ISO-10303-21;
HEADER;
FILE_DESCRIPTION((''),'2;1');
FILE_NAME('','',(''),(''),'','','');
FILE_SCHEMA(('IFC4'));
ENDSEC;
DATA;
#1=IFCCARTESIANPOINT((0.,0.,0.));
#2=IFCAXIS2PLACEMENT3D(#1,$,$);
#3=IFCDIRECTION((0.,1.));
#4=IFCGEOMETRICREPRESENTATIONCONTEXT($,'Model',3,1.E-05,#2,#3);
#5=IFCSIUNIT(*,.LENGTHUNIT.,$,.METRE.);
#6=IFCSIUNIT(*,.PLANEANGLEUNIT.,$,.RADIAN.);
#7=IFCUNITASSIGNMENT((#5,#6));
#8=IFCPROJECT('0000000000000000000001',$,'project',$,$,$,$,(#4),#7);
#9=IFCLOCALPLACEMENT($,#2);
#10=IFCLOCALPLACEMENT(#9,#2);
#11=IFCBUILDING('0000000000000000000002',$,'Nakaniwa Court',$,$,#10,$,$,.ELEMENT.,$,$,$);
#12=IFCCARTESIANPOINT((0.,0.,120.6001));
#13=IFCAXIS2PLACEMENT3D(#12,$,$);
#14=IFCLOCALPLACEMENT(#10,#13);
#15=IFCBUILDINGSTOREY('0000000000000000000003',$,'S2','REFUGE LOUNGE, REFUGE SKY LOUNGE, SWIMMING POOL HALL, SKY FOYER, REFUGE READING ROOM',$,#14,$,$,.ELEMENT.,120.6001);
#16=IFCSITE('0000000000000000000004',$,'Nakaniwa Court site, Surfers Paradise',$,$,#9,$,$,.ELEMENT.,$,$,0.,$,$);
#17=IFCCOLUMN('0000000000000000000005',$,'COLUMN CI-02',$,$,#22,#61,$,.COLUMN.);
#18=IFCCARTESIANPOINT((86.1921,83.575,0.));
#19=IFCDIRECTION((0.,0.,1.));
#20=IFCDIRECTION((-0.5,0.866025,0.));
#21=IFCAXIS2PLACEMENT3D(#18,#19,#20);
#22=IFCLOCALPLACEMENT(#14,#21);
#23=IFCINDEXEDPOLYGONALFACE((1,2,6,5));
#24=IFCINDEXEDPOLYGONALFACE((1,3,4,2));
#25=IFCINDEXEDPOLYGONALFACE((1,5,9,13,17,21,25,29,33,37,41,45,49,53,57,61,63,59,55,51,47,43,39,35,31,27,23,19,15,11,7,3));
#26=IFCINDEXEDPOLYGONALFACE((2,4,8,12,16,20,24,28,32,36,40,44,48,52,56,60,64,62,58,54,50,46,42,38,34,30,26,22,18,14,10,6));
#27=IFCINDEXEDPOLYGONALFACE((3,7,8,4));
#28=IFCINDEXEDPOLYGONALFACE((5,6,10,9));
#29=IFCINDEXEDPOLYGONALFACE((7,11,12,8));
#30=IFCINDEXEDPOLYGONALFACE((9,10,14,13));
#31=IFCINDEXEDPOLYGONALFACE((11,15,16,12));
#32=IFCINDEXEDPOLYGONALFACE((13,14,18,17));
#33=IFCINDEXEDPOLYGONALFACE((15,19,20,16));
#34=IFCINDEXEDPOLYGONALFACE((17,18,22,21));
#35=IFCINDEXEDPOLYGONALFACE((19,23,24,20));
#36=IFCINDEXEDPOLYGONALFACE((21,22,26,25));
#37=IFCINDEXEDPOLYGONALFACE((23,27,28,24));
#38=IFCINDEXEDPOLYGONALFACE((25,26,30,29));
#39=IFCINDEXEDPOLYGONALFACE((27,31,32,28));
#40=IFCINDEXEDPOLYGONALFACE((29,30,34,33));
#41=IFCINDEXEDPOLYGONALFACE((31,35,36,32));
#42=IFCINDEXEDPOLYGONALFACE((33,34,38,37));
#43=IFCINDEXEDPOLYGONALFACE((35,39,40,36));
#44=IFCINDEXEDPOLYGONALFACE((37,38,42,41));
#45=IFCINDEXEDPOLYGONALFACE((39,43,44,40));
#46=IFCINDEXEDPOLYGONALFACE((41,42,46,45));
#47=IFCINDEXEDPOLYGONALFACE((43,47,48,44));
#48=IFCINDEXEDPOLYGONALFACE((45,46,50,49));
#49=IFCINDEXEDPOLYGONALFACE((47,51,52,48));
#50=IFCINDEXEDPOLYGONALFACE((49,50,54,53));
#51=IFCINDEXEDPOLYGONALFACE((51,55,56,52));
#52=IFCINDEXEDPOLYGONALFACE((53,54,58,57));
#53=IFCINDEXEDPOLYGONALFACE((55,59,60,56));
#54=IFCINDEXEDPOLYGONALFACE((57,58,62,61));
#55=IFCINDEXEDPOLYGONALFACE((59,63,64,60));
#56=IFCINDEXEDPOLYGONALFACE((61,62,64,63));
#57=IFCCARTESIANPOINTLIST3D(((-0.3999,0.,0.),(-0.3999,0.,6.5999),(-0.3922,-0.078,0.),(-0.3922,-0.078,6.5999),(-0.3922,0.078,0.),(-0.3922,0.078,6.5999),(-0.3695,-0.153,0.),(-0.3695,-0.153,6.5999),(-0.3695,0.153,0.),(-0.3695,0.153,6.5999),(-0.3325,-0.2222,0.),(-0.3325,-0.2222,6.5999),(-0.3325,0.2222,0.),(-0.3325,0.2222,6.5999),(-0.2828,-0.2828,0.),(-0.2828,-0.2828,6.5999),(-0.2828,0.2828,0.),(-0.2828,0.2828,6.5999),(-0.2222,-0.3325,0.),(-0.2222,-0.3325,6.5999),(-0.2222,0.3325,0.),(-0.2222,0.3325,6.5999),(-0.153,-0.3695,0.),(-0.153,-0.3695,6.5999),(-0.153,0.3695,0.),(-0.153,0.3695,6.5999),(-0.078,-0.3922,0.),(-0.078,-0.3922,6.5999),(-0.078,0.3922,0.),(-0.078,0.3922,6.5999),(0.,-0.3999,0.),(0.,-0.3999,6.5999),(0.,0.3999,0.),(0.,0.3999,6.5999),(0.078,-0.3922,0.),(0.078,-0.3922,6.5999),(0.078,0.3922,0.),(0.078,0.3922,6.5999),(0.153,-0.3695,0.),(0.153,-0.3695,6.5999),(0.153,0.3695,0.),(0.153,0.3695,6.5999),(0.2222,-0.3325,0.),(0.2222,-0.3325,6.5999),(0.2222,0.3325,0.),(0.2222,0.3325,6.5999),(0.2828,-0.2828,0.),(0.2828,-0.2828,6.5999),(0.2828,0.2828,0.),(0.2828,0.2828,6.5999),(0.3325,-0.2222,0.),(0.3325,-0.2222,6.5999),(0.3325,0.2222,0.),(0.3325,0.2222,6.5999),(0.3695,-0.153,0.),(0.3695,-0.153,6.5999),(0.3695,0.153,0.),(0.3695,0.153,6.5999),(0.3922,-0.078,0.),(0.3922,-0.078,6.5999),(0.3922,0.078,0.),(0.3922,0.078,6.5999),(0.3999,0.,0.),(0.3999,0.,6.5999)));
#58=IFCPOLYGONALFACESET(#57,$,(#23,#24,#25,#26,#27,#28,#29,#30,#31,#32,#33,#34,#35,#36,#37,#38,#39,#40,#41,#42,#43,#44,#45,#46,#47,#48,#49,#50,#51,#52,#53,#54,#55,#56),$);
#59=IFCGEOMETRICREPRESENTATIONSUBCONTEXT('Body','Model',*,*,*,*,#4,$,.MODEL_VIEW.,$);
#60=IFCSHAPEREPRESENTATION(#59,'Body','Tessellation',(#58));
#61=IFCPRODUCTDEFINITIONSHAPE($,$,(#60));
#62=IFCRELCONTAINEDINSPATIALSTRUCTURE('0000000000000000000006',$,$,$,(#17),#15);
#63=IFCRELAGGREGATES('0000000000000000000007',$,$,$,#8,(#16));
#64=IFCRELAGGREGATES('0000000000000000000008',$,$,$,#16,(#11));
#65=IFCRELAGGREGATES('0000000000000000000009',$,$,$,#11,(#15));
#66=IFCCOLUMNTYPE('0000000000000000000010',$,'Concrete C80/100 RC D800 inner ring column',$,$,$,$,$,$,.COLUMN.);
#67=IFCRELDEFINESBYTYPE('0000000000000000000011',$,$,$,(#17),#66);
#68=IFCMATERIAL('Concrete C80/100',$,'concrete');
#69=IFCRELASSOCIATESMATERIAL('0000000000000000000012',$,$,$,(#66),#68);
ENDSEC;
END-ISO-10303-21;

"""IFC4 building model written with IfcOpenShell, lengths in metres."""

from ifc_helpers import new_model, si_unit, direction, frame, origin, origin_2d, place, context, subcontext, project, spatial, circle, extrude, material, material_profile, profile_set, type_object, element, save


model = new_model("IFC4")

# Units and contexts
model_context = context("Model", 3, precision=1e-05, world=origin(), true_north=direction((0.0, 1.0)))
body_context = subcontext(model_context, "Body", "Model", "MODEL_VIEW")
ifc_project = project(units=[si_unit("LENGTHUNIT", "METRE"), si_unit("PLANEANGLEUNIT", "RADIAN")], contexts=[model_context])

# Site, building, storey
site_placement = place(None, origin())
site = spatial("IfcSite", under=ifc_project, at=site_placement, Name="Nakaniwa Court site, Surfers Paradise", CompositionType="ELEMENT", RefElevation=0.0)
building_placement = place(site_placement, origin())
building = spatial("IfcBuilding", under=site, at=building_placement, Name="Nakaniwa Court", CompositionType="ELEMENT")
storey_placement = place(building_placement, frame((0.0, 0.0, 120.6001)))
storey = spatial("IfcBuildingStorey", under=building, at=storey_placement, Name="S2", Description="REFUGE LOUNGE, REFUGE SKY LOUNGE, SWIMMING POOL HALL, SKY FOYER, REFUGE READING ROOM", CompositionType="ELEMENT", Elevation=120.6001)

# Column
ifc_material_1 = material(Name="Concrete C80/100", Category="concrete")
ifc_material_profile_1 = material_profile(ifc_material_1, circle(Radius=0.3999, at=origin_2d()), Name="Concrete C80/100 RC D800 inner ring column")
ifc_profile_set_1 = profile_set([ifc_material_profile_1], Name="Concrete C80/100")
column_type_1 = type_object("IfcColumnType", Name="Concrete C80/100 RC D800 inner ring column", PredefinedType="COLUMN", material=ifc_profile_set_1)
column_placement = place(storey_placement, frame((86.1921, 83.575, 0.0), z_axis=(0.0, 0.0, 1.0), x_axis=(-0.5, 0.866025, 0.0)))
element("IfcColumn", 1, at=column_placement, inside=storey, type_object=column_type_1, Name="COLUMN CI-02", PredefinedType="COLUMN", context=body_context, shape_type="SweptSolid", body=[
    extrude(circle(Radius=0.3999, at=origin_2d()), origin(), (0.0, 0.0, 1.0), 6.5999),
])

save(model, "model.ifc")
